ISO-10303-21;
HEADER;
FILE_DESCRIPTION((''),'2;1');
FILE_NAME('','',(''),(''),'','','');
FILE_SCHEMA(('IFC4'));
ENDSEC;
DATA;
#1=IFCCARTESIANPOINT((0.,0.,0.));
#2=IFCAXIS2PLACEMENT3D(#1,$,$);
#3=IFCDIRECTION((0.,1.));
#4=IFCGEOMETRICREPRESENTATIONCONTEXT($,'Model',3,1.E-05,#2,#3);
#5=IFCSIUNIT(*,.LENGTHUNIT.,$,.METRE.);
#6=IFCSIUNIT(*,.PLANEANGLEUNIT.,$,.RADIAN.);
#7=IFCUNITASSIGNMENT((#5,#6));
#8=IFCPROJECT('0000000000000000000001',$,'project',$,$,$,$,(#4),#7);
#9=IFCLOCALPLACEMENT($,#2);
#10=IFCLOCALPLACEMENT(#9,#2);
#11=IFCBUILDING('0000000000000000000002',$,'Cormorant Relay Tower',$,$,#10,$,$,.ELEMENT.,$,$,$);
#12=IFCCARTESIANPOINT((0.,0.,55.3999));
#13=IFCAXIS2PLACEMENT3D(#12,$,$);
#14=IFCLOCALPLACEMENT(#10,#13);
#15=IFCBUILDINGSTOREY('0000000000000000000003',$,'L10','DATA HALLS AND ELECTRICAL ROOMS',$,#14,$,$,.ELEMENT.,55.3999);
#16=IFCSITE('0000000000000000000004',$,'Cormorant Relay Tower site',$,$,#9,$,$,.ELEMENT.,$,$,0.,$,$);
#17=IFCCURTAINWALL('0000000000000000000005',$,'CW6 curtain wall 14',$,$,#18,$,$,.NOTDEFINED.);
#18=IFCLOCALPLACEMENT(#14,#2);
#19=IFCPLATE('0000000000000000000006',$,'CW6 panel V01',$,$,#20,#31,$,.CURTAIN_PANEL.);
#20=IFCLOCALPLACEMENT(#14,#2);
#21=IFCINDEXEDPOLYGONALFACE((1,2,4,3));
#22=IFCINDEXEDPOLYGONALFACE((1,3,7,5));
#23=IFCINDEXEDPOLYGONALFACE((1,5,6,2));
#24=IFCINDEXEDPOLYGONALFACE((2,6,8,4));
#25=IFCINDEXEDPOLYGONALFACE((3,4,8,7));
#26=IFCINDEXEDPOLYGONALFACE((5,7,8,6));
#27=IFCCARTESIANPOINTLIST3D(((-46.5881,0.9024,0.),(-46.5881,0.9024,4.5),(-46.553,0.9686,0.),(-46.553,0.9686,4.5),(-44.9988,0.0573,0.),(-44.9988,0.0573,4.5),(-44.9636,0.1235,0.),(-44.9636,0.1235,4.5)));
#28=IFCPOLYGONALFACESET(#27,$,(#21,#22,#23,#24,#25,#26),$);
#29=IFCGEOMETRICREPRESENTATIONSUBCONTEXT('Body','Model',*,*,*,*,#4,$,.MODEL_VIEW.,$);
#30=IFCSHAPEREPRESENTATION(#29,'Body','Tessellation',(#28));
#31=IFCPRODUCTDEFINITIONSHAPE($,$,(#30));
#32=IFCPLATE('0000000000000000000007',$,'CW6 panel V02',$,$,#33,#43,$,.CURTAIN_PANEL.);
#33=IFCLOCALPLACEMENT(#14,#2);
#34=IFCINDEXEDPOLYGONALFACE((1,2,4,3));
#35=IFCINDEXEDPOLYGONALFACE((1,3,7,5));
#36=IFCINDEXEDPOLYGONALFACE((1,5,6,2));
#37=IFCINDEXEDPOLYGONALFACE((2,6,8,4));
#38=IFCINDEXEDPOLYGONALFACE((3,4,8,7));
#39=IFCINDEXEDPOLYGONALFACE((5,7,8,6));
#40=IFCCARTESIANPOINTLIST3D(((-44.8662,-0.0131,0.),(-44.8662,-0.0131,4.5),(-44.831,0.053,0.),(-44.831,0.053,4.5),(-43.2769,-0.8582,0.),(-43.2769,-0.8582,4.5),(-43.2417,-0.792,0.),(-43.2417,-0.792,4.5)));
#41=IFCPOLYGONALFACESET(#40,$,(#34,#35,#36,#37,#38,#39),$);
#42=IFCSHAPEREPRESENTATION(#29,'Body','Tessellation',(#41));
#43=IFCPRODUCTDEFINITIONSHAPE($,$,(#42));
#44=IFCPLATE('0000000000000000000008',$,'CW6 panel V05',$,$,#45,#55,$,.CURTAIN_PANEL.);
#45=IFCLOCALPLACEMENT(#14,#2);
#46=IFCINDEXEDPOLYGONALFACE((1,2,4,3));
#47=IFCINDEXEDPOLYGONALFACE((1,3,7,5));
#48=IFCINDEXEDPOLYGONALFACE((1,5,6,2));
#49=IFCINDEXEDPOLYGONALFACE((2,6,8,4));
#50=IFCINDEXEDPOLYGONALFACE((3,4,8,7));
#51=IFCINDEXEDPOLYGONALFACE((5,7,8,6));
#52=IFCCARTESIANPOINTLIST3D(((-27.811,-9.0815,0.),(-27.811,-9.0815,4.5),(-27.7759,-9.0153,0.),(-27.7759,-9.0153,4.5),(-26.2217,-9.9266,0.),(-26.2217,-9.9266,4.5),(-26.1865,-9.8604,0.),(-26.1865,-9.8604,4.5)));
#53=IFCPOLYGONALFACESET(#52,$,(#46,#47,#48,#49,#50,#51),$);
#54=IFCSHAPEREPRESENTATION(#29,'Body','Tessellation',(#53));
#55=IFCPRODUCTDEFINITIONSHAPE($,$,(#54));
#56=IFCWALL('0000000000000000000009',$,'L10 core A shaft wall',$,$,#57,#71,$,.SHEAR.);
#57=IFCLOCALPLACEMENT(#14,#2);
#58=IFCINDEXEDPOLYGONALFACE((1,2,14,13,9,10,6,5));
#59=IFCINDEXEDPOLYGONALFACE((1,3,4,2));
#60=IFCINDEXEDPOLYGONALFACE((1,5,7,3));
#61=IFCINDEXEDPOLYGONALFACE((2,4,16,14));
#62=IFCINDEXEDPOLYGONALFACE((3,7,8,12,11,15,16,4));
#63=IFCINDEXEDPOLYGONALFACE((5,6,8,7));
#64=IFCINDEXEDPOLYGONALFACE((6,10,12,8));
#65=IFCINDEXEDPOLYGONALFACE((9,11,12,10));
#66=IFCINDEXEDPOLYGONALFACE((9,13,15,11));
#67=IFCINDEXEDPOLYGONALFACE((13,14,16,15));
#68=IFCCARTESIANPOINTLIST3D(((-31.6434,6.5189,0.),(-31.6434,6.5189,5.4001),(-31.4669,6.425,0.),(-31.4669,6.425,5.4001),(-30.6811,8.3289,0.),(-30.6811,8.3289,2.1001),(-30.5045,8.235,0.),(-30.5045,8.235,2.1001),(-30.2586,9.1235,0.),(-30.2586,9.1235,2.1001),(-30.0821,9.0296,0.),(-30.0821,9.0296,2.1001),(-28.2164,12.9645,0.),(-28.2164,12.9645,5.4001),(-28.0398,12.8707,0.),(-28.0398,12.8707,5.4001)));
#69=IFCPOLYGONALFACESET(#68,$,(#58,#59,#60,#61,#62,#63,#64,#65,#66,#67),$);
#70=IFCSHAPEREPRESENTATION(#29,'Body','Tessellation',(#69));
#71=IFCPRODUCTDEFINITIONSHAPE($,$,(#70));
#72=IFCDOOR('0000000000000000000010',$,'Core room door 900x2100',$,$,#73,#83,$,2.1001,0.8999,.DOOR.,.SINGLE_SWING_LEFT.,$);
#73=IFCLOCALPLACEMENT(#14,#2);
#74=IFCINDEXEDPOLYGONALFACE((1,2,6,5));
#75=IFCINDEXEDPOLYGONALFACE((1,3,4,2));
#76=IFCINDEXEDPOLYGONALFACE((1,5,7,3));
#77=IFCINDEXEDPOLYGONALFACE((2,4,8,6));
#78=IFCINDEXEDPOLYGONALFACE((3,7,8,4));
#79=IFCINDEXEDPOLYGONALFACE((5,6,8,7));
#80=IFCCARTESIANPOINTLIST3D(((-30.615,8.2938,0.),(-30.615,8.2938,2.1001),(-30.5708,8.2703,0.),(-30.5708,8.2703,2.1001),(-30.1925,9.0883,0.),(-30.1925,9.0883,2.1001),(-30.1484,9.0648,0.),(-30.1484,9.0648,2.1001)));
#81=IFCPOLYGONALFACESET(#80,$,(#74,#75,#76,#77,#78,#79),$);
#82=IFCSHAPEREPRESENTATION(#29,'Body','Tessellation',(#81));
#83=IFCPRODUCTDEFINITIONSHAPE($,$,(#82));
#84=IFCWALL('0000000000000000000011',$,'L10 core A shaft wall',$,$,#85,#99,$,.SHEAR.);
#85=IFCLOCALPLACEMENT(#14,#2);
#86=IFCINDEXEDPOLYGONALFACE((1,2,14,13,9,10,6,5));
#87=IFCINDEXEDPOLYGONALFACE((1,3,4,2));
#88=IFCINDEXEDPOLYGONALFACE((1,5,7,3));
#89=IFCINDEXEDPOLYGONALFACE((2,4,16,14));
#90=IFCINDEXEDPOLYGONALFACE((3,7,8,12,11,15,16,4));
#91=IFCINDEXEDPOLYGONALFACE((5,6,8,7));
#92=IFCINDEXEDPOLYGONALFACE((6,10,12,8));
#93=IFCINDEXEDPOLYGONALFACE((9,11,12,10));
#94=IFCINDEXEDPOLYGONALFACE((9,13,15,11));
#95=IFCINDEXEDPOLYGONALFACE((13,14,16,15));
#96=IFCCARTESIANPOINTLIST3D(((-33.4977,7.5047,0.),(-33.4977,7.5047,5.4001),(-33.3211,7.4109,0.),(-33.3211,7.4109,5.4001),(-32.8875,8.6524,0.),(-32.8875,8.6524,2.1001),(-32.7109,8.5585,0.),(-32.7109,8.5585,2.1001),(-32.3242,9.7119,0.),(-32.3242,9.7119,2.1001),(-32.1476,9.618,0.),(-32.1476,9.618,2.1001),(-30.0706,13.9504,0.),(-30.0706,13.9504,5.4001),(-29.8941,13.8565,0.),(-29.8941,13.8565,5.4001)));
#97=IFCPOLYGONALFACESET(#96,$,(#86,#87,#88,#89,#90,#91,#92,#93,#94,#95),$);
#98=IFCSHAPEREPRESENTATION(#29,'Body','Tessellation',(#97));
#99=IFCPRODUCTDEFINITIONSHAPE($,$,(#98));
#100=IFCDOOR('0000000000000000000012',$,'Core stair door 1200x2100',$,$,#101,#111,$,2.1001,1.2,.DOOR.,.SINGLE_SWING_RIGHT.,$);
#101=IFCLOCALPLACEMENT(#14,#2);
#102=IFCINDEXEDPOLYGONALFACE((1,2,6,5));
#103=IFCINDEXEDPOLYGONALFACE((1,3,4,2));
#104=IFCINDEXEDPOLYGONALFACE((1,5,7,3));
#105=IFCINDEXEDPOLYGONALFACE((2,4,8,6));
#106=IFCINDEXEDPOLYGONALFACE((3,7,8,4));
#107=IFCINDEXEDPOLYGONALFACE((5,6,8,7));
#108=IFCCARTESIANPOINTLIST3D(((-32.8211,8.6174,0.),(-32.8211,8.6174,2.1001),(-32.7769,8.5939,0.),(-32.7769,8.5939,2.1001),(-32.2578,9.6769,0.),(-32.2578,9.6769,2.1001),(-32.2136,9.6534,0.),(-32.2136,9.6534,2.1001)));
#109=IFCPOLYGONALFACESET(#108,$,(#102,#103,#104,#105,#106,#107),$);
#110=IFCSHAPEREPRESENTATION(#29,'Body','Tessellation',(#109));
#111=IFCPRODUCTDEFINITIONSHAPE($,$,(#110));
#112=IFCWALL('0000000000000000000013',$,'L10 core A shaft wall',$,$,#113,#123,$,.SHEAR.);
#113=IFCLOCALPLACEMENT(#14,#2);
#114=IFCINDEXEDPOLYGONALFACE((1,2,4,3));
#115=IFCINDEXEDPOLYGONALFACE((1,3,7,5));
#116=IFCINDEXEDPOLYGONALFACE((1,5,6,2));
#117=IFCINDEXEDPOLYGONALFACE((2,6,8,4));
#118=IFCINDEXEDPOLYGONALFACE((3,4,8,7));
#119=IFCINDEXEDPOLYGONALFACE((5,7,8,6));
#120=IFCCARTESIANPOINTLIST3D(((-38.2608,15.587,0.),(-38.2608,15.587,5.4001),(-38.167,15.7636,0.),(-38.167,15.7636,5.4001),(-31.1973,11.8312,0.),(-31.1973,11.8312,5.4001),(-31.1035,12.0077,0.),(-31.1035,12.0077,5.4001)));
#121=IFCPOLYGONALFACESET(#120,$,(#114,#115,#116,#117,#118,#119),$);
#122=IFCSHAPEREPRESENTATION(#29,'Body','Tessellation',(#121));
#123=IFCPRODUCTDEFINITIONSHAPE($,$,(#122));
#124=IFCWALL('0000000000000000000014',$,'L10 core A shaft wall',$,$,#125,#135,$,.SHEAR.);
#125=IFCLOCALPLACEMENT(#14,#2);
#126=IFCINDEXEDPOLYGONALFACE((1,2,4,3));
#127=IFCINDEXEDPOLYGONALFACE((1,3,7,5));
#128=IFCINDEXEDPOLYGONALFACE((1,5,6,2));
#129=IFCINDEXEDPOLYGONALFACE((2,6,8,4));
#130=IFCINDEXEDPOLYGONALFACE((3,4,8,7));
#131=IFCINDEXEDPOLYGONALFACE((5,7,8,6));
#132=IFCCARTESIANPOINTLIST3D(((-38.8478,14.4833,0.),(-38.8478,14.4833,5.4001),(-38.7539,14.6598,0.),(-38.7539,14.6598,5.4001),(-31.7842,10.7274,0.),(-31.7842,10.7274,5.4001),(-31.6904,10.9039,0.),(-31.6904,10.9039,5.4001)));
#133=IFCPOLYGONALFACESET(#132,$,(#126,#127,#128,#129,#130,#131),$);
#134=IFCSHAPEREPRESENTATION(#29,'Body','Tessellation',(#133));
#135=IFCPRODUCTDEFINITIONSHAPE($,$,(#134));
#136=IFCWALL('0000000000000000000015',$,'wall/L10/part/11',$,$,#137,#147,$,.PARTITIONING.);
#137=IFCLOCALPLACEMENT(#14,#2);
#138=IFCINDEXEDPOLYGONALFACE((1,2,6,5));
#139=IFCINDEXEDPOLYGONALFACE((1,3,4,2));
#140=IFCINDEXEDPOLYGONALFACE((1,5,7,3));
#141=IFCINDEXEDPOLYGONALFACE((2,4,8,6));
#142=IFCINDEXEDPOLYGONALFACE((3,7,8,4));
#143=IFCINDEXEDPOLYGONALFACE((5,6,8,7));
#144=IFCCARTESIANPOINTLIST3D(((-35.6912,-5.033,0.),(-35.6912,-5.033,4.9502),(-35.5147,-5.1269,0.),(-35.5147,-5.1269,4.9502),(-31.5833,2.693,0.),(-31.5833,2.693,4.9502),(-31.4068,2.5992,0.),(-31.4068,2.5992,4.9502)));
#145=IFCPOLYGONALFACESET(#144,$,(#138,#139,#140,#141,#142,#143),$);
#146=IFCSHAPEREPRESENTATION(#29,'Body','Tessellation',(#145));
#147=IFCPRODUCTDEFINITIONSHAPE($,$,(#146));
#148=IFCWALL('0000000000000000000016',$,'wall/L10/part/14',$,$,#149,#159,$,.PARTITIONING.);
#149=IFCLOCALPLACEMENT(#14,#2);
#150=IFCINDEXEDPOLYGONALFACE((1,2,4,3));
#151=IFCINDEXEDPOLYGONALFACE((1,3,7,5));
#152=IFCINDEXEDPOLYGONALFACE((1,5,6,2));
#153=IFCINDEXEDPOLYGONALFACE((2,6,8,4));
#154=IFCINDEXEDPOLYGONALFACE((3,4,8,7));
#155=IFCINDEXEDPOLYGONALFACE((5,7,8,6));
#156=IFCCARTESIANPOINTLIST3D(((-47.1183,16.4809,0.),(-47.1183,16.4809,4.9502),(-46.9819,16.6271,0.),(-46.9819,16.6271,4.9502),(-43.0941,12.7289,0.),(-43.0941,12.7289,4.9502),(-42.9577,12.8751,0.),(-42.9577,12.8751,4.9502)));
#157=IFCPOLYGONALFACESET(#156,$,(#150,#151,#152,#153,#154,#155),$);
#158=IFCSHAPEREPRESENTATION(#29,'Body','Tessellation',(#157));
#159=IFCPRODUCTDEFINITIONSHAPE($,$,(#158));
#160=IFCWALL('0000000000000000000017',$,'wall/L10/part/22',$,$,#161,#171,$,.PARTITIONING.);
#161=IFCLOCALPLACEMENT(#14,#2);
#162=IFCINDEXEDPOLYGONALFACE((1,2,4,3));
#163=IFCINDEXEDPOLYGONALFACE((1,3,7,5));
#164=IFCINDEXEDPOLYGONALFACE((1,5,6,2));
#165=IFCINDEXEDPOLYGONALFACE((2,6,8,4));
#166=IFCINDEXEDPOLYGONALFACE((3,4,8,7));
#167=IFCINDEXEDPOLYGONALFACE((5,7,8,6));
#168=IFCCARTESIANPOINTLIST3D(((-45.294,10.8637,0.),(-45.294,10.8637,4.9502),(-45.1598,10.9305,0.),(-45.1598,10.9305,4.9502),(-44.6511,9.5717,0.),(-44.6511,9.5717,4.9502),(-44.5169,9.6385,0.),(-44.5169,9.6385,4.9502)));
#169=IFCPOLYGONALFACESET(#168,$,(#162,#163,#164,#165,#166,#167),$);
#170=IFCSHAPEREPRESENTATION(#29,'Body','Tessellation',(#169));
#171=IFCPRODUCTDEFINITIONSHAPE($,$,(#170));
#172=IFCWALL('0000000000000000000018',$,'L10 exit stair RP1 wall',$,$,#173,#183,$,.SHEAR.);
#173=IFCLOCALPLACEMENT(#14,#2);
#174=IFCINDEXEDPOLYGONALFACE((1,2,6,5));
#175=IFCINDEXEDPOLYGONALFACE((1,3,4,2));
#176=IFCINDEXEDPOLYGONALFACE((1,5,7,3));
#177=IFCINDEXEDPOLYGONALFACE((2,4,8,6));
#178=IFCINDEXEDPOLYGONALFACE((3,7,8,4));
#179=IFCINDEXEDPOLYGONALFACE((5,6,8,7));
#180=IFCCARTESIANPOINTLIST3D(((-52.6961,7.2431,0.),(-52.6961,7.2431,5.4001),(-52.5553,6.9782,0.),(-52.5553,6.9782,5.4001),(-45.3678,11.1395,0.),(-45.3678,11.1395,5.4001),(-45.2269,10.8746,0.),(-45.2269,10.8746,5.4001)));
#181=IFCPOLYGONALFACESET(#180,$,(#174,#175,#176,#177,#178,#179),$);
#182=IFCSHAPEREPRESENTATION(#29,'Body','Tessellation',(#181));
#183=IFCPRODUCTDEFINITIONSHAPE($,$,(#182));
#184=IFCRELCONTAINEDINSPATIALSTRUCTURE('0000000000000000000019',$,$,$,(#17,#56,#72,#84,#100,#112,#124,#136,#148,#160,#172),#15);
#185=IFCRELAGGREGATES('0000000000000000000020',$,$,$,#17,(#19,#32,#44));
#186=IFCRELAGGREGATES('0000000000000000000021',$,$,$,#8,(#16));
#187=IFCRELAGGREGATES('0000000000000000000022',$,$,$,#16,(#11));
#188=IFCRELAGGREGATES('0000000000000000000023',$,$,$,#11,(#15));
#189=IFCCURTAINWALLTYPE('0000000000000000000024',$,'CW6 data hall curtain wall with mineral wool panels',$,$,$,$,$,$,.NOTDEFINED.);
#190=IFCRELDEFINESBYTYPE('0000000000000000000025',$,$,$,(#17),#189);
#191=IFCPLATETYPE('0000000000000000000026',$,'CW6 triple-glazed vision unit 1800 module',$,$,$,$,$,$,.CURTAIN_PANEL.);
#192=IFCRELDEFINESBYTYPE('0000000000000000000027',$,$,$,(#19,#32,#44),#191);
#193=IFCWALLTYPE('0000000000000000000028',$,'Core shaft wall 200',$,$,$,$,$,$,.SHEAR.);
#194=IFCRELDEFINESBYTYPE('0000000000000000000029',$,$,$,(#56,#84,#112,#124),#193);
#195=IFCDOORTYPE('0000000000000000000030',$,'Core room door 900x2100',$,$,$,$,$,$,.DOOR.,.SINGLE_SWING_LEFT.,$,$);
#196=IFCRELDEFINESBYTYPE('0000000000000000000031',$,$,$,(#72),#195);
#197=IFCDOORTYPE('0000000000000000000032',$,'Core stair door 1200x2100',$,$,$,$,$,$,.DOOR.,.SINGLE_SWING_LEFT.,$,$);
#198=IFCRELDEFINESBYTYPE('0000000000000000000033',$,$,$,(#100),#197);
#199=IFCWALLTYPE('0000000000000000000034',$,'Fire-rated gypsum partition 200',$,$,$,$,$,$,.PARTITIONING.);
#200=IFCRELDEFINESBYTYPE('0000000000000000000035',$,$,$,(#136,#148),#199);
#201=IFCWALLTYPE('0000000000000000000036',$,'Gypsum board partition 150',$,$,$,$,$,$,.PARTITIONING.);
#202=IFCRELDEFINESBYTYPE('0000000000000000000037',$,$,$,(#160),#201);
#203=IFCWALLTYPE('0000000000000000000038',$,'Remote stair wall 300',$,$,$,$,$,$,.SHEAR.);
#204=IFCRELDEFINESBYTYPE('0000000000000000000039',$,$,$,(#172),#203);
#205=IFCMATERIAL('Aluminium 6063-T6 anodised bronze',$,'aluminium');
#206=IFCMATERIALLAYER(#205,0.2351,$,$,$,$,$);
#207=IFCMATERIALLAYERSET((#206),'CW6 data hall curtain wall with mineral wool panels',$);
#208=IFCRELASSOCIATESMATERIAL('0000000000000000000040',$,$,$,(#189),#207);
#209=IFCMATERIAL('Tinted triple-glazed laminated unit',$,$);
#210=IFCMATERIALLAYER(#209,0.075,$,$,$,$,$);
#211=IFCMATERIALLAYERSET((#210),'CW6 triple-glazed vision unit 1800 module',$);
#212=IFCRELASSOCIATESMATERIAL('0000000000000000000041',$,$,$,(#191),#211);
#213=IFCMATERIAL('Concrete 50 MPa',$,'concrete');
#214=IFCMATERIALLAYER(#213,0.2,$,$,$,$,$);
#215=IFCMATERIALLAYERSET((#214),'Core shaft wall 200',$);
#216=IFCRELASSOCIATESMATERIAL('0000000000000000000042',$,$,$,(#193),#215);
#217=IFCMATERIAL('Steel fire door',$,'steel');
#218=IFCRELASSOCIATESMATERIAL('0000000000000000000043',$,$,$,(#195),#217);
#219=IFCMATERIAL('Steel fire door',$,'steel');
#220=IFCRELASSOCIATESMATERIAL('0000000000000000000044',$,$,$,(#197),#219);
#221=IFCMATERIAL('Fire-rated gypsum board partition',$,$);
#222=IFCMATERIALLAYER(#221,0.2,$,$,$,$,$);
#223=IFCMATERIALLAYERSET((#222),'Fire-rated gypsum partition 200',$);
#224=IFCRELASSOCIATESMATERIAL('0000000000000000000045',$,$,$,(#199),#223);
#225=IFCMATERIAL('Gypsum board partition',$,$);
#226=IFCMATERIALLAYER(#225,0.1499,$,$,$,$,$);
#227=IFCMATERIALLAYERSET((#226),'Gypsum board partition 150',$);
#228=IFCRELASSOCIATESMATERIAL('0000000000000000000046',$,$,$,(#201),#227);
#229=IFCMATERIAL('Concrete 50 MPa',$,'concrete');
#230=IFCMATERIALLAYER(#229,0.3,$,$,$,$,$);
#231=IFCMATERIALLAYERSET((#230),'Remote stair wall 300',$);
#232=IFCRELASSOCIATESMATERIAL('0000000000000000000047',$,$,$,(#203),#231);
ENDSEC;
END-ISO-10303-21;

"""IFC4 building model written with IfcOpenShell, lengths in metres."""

from ifc_helpers import new_model, si_unit, direction, frame, frame_2d, origin, origin_2d, place, context, subcontext, project, spatial, rectangle, extrude, material, layer, layer_set, type_object, element, fill, aggregate, save


model = new_model("IFC4")

# Units and contexts
model_context = context("Model", 3, precision=1e-05, world=origin(), true_north=direction((0.0, 1.0)))
body_context = subcontext(model_context, "Body", "Model", "MODEL_VIEW")
ifc_project = project(units=[si_unit("LENGTHUNIT", "METRE"), si_unit("PLANEANGLEUNIT", "RADIAN")], contexts=[model_context])

# Site, building, storey
site_placement = place(None, origin())
site = spatial("IfcSite", under=ifc_project, at=site_placement, Name="Cormorant Relay Tower site", CompositionType="ELEMENT", RefElevation=0.0)
building_placement = place(site_placement, origin())
building = spatial("IfcBuilding", under=site, at=building_placement, Name="Cormorant Relay Tower", CompositionType="ELEMENT")
storey_placement = place(building_placement, frame((0.0, 0.0, 55.3999)))
storey = spatial("IfcBuildingStorey", under=building, at=storey_placement, Name="L10", Description="DATA HALLS AND ELECTRICAL ROOMS", CompositionType="ELEMENT", Elevation=55.3999)

# Curtain wall, plates
ifc_material_1 = material(Name="Aluminium 6063-T6 anodised bronze", Category="aluminium")
ifc_layer_1 = layer(ifc_material_1, 0.2351)
ifc_layer_set_1 = layer_set([ifc_layer_1], Name="CW6 data hall curtain wall with mineral wool panels")
curtain_wall_type = type_object("IfcCurtainWallType", Name="CW6 data hall curtain wall with mineral wool panels", PredefinedType="NOTDEFINED", material=ifc_layer_set_1)
curtain_wall_placement = place(storey_placement, origin())
curtain_wall = element("IfcCurtainWall", 1, at=curtain_wall_placement, inside=storey, type_object=curtain_wall_type, Name="CW6 curtain wall 14", PredefinedType="NOTDEFINED")
ifc_material_2 = material(Name="Tinted triple-glazed laminated unit")
ifc_layer_2 = layer(ifc_material_2, 0.075)
ifc_layer_set_2 = layer_set([ifc_layer_2], Name="CW6 triple-glazed vision unit 1800 module")
plate_type = type_object("IfcPlateType", Name="CW6 triple-glazed vision unit 1800 module", PredefinedType="CURTAIN_PANEL", material=ifc_layer_set_2)
plate_1_placement = place(storey_placement, frame((-45.7759, 0.5129, 0.0), z_axis=(0.0, 0.0, 1.0), x_axis=(0.882948, -0.469472, 0.0)))
plate_1 = element("IfcPlate", 2, at=plate_1_placement, type_object=plate_type, Name="CW6 panel V01", PredefinedType="CURTAIN_PANEL", context=body_context, shape_type="SweptSolid", body=[
    extrude(rectangle(XDim=1.8, YDim=0.075, at=origin_2d()), origin(), (0.0, 0.0, 1.0), 4.5),
])
plate_2_placement = place(storey_placement, frame((-44.054, -0.4026, 0.0), z_axis=(0.0, 0.0, 1.0), x_axis=(0.882948, -0.469472, 0.0)))
plate_2 = element("IfcPlate", 3, at=plate_2_placement, type_object=plate_type, Name="CW6 panel V02", PredefinedType="CURTAIN_PANEL", context=body_context, shape_type="SweptSolid", body=[
    extrude(rectangle(XDim=1.8, YDim=0.075, at=origin_2d()), origin(), (0.0, 0.0, 1.0), 4.5),
])
plate_3_placement = place(storey_placement, frame((-26.9988, -9.4709, 0.0), z_axis=(0.0, 0.0, 1.0), x_axis=(0.882948, -0.469472, 0.0)))
plate_3 = element("IfcPlate", 4, at=plate_3_placement, type_object=plate_type, Name="CW6 panel V05", PredefinedType="CURTAIN_PANEL", context=body_context, shape_type="SweptSolid", body=[
    extrude(rectangle(XDim=1.8, YDim=0.075, at=origin_2d()), origin(), (0.0, 0.0, 1.0), 4.5),
])

# Walls, openings, doors
ifc_material_3 = material(Name="Concrete 50 MPa", Category="concrete")
ifc_layer_3 = layer(ifc_material_3, 0.2)
ifc_layer_set_3 = layer_set([ifc_layer_3], Name="Core shaft wall 200")
wall_type_1 = type_object("IfcWallType", Name="Core shaft wall 200", PredefinedType="SHEAR", material=ifc_layer_set_3)
wall_1_placement = place(storey_placement, frame((-28.1282, 12.9175, 0.0), z_axis=(0.0, 0.0, 1.0), x_axis=(-0.469454, -0.882957, 0.0)))
wall_1 = element("IfcWall", 5, at=wall_1_placement, inside=storey, type_object=wall_type_1, Name="L10 core A shaft wall", PredefinedType="SHEAR", context=body_context, shape_type="SweptSolid", body=[
    extrude(rectangle(XDim=7.3, YDim=0.2, at=frame_2d((3.6499, 0.0))), origin(), (0.0, 0.0, 1.0), 5.4001),
])
opening_1_placement = place(wall_1_placement, frame((4.3501, 0.0, 0.0)))
opening_1 = element("IfcOpeningElement", 6, at=opening_1_placement, cuts=wall_1, PredefinedType="OPENING", context=body_context, shape_type="SweptSolid", body=[
    extrude(rectangle(XDim=0.8999, YDim=2.1001, at=frame_2d((0.45, 1.05))), frame((0.0, 0.1099, 0.0), z_axis=(0.0, -1.0, 0.0), x_axis=(1.0, 0.0, 0.0)), (0.0, 0.0, 1.0), 0.22),
])
ifc_material_4 = material(Name="Steel fire door", Category="steel")
door_type_1 = type_object("IfcDoorType", Name="Core room door 900x2100", OperationType="SINGLE_SWING_LEFT", PredefinedType="DOOR", material=ifc_material_4)
door_1_placement = place(opening_1_placement, origin())
door_1 = element("IfcDoor", 7, at=door_1_placement, inside=storey, type_object=door_type_1, Name="Core room door 900x2100", OperationType="SINGLE_SWING_LEFT", OverallHeight=2.1001, OverallWidth=0.8999, PredefinedType="DOOR", context=body_context, shape_type="SweptSolid", body=[
    extrude(rectangle(XDim=0.8999, YDim=2.1001, at=frame_2d((0.45, 1.05))), frame((0.0, 0.0249, 0.0), z_axis=(0.0, -1.0, 0.0), x_axis=(1.0, 0.0, 0.0)), (0.0, 0.0, 1.0), 0.05),
])
fill(opening_1, door_1)
wall_2_placement = place(storey_placement, frame((-29.9824, 13.9033, 0.0), z_axis=(0.0, 0.0, 1.0), x_axis=(-0.469454, -0.882957, 0.0)))
wall_2 = element("IfcWall", 8, at=wall_2_placement, inside=storey, type_object=wall_type_1, Name="L10 core A shaft wall", PredefinedType="SHEAR", context=body_context, shape_type="SweptSolid", body=[
    extrude(rectangle(XDim=7.3, YDim=0.2, at=frame_2d((3.6499, 0.0))), origin(), (0.0, 0.0, 1.0), 5.4001),
])
opening_2_placement = place(wall_2_placement, frame((4.8, 0.0, 0.0)))
opening_2 = element("IfcOpeningElement", 9, at=opening_2_placement, cuts=wall_2, PredefinedType="OPENING", context=body_context, shape_type="SweptSolid", body=[
    extrude(rectangle(XDim=1.2, YDim=2.1001, at=frame_2d((0.6001, 1.05))), frame((0.0, 0.1099, 0.0), z_axis=(0.0, -1.0, 0.0), x_axis=(1.0, 0.0, 0.0)), (0.0, 0.0, 1.0), 0.22),
])
ifc_material_5 = material(Name="Steel fire door", Category="steel")
door_type_2 = type_object("IfcDoorType", Name="Core stair door 1200x2100", OperationType="SINGLE_SWING_LEFT", PredefinedType="DOOR", material=ifc_material_5)
door_2_placement = place(opening_2_placement, frame((1.2, 0.0, 0.0), z_axis=(0.0, 0.0, 1.0), x_axis=(-1.0, 0.0, 0.0)))
door_2 = element("IfcDoor", 10, at=door_2_placement, inside=storey, type_object=door_type_2, Name="Core stair door 1200x2100", OperationType="SINGLE_SWING_RIGHT", OverallHeight=2.1001, OverallWidth=1.2, PredefinedType="DOOR", context=body_context, shape_type="SweptSolid", body=[
    extrude(rectangle(XDim=1.2, YDim=2.1001, at=frame_2d((0.6001, 1.05))), frame((0.0, 0.0249, 0.0), z_axis=(0.0, -1.0, 0.0), x_axis=(1.0, 0.0, 0.0)), (0.0, 0.0, 1.0), 0.05),
])
fill(opening_2, door_2)

# Walls
for number, where, z_axis, x_axis, name in (
    (11, (-31.1504, 11.9194, 0.0), (0.0, 0.0, 1.0), (-0.88294, 0.469485, 0.0), "L10 core A shaft wall"),
    (12, (-31.7373, 10.8157, 0.0), (0.0, 0.0, 1.0), (-0.88294, 0.469485, 0.0), "L10 core A shaft wall"),
):
    element("IfcWall", number, at=place(storey_placement, frame(where, z_axis=z_axis, x_axis=x_axis)), inside=storey, type_object=wall_type_1, Name=name, PredefinedType="SHEAR", context=body_context, shape_type="SweptSolid", body=[
        extrude(rectangle(XDim=8.0, YDim=0.2, at=frame_2d((4.0, 0.0))), origin(), (0.0, 0.0, 1.0), 5.4001),
    ])
ifc_material_6 = material(Name="Fire-rated gypsum board partition")
ifc_layer_4 = layer(ifc_material_6, 0.2)
ifc_layer_set_4 = layer_set([ifc_layer_4], Name="Fire-rated gypsum partition 200")
wall_type_2 = type_object("IfcWallType", Name="Fire-rated gypsum partition 200", PredefinedType="PARTITIONING", material=ifc_layer_set_4)
wall_3_placement = place(storey_placement, frame((-31.4951, 2.646, 0.0), z_axis=(0.0, 0.0, 1.0), x_axis=(-0.469461, -0.882953, 0.0)))
element("IfcWall", 13, at=wall_3_placement, inside=storey, type_object=wall_type_2, Name="wall/L10/part/11", PredefinedType="PARTITIONING", context=body_context, shape_type="SweptSolid", body=[
    extrude(rectangle(XDim=8.7502, YDim=0.2, at=frame_2d((4.375, 0.0))), origin(), (0.0, 0.0, 1.0), 4.9502),
])
wall_4_placement = place(storey_placement, frame((-43.0259, 12.802, 0.0), z_axis=(0.0, 0.0, 1.0), x_axis=(-0.731412, 0.681936, 0.0)))
element("IfcWall", 14, at=wall_4_placement, inside=storey, type_object=wall_type_2, Name="wall/L10/part/14", PredefinedType="PARTITIONING", context=body_context, shape_type="SweptSolid", body=[
    extrude(rectangle(XDim=5.502, YDim=0.2, at=frame_2d((2.751, 0.0))), origin(), (0.0, 0.0, 1.0), 4.9502),
])
ifc_material_7 = material(Name="Gypsum board partition")
ifc_layer_5 = layer(ifc_material_7, 0.1499)
ifc_layer_set_5 = layer_set([ifc_layer_5], Name="Gypsum board partition 150")
wall_type_3 = type_object("IfcWallType", Name="Gypsum board partition 150", PredefinedType="PARTITIONING", material=ifc_layer_set_5)
wall_5_placement = place(storey_placement, frame((-44.584, 9.605, 0.0), z_axis=(0.0, 0.0, 1.0), x_axis=(-0.445453, 0.895305, 0.0)))
element("IfcWall", 15, at=wall_5_placement, inside=storey, type_object=wall_type_3, Name="wall/L10/part/22", PredefinedType="PARTITIONING", context=body_context, shape_type="SweptSolid", body=[
    extrude(rectangle(XDim=1.4431, YDim=0.1499, at=frame_2d((0.7217, 0.0))), origin(), (0.0, 0.0, 1.0), 4.9502),
])
ifc_material_8 = material(Name="Concrete 50 MPa", Category="concrete")
ifc_layer_6 = layer(ifc_material_8, 0.3)
ifc_layer_set_6 = layer_set([ifc_layer_6], Name="Remote stair wall 300")
wall_type_4 = type_object("IfcWallType", Name="Remote stair wall 300", PredefinedType="SHEAR", material=ifc_layer_set_6)
wall_6_placement = place(storey_placement, frame((-45.2974, 11.0071, 0.0), z_axis=(0.0, 0.0, 1.0), x_axis=(-0.882952, -0.469464, 0.0)))
element("IfcWall", 16, at=wall_6_placement, inside=storey, type_object=wall_type_4, Name="L10 exit stair RP1 wall", PredefinedType="SHEAR", context=body_context, shape_type="SweptSolid", body=[
    extrude(rectangle(XDim=8.2998, YDim=0.3, at=frame_2d((4.1499, 0.0))), origin(), (0.0, 0.0, 1.0), 5.4001),
])

aggregate(curtain_wall, [plate_1, plate_2, plate_3])

save(model, "model.ifc")
